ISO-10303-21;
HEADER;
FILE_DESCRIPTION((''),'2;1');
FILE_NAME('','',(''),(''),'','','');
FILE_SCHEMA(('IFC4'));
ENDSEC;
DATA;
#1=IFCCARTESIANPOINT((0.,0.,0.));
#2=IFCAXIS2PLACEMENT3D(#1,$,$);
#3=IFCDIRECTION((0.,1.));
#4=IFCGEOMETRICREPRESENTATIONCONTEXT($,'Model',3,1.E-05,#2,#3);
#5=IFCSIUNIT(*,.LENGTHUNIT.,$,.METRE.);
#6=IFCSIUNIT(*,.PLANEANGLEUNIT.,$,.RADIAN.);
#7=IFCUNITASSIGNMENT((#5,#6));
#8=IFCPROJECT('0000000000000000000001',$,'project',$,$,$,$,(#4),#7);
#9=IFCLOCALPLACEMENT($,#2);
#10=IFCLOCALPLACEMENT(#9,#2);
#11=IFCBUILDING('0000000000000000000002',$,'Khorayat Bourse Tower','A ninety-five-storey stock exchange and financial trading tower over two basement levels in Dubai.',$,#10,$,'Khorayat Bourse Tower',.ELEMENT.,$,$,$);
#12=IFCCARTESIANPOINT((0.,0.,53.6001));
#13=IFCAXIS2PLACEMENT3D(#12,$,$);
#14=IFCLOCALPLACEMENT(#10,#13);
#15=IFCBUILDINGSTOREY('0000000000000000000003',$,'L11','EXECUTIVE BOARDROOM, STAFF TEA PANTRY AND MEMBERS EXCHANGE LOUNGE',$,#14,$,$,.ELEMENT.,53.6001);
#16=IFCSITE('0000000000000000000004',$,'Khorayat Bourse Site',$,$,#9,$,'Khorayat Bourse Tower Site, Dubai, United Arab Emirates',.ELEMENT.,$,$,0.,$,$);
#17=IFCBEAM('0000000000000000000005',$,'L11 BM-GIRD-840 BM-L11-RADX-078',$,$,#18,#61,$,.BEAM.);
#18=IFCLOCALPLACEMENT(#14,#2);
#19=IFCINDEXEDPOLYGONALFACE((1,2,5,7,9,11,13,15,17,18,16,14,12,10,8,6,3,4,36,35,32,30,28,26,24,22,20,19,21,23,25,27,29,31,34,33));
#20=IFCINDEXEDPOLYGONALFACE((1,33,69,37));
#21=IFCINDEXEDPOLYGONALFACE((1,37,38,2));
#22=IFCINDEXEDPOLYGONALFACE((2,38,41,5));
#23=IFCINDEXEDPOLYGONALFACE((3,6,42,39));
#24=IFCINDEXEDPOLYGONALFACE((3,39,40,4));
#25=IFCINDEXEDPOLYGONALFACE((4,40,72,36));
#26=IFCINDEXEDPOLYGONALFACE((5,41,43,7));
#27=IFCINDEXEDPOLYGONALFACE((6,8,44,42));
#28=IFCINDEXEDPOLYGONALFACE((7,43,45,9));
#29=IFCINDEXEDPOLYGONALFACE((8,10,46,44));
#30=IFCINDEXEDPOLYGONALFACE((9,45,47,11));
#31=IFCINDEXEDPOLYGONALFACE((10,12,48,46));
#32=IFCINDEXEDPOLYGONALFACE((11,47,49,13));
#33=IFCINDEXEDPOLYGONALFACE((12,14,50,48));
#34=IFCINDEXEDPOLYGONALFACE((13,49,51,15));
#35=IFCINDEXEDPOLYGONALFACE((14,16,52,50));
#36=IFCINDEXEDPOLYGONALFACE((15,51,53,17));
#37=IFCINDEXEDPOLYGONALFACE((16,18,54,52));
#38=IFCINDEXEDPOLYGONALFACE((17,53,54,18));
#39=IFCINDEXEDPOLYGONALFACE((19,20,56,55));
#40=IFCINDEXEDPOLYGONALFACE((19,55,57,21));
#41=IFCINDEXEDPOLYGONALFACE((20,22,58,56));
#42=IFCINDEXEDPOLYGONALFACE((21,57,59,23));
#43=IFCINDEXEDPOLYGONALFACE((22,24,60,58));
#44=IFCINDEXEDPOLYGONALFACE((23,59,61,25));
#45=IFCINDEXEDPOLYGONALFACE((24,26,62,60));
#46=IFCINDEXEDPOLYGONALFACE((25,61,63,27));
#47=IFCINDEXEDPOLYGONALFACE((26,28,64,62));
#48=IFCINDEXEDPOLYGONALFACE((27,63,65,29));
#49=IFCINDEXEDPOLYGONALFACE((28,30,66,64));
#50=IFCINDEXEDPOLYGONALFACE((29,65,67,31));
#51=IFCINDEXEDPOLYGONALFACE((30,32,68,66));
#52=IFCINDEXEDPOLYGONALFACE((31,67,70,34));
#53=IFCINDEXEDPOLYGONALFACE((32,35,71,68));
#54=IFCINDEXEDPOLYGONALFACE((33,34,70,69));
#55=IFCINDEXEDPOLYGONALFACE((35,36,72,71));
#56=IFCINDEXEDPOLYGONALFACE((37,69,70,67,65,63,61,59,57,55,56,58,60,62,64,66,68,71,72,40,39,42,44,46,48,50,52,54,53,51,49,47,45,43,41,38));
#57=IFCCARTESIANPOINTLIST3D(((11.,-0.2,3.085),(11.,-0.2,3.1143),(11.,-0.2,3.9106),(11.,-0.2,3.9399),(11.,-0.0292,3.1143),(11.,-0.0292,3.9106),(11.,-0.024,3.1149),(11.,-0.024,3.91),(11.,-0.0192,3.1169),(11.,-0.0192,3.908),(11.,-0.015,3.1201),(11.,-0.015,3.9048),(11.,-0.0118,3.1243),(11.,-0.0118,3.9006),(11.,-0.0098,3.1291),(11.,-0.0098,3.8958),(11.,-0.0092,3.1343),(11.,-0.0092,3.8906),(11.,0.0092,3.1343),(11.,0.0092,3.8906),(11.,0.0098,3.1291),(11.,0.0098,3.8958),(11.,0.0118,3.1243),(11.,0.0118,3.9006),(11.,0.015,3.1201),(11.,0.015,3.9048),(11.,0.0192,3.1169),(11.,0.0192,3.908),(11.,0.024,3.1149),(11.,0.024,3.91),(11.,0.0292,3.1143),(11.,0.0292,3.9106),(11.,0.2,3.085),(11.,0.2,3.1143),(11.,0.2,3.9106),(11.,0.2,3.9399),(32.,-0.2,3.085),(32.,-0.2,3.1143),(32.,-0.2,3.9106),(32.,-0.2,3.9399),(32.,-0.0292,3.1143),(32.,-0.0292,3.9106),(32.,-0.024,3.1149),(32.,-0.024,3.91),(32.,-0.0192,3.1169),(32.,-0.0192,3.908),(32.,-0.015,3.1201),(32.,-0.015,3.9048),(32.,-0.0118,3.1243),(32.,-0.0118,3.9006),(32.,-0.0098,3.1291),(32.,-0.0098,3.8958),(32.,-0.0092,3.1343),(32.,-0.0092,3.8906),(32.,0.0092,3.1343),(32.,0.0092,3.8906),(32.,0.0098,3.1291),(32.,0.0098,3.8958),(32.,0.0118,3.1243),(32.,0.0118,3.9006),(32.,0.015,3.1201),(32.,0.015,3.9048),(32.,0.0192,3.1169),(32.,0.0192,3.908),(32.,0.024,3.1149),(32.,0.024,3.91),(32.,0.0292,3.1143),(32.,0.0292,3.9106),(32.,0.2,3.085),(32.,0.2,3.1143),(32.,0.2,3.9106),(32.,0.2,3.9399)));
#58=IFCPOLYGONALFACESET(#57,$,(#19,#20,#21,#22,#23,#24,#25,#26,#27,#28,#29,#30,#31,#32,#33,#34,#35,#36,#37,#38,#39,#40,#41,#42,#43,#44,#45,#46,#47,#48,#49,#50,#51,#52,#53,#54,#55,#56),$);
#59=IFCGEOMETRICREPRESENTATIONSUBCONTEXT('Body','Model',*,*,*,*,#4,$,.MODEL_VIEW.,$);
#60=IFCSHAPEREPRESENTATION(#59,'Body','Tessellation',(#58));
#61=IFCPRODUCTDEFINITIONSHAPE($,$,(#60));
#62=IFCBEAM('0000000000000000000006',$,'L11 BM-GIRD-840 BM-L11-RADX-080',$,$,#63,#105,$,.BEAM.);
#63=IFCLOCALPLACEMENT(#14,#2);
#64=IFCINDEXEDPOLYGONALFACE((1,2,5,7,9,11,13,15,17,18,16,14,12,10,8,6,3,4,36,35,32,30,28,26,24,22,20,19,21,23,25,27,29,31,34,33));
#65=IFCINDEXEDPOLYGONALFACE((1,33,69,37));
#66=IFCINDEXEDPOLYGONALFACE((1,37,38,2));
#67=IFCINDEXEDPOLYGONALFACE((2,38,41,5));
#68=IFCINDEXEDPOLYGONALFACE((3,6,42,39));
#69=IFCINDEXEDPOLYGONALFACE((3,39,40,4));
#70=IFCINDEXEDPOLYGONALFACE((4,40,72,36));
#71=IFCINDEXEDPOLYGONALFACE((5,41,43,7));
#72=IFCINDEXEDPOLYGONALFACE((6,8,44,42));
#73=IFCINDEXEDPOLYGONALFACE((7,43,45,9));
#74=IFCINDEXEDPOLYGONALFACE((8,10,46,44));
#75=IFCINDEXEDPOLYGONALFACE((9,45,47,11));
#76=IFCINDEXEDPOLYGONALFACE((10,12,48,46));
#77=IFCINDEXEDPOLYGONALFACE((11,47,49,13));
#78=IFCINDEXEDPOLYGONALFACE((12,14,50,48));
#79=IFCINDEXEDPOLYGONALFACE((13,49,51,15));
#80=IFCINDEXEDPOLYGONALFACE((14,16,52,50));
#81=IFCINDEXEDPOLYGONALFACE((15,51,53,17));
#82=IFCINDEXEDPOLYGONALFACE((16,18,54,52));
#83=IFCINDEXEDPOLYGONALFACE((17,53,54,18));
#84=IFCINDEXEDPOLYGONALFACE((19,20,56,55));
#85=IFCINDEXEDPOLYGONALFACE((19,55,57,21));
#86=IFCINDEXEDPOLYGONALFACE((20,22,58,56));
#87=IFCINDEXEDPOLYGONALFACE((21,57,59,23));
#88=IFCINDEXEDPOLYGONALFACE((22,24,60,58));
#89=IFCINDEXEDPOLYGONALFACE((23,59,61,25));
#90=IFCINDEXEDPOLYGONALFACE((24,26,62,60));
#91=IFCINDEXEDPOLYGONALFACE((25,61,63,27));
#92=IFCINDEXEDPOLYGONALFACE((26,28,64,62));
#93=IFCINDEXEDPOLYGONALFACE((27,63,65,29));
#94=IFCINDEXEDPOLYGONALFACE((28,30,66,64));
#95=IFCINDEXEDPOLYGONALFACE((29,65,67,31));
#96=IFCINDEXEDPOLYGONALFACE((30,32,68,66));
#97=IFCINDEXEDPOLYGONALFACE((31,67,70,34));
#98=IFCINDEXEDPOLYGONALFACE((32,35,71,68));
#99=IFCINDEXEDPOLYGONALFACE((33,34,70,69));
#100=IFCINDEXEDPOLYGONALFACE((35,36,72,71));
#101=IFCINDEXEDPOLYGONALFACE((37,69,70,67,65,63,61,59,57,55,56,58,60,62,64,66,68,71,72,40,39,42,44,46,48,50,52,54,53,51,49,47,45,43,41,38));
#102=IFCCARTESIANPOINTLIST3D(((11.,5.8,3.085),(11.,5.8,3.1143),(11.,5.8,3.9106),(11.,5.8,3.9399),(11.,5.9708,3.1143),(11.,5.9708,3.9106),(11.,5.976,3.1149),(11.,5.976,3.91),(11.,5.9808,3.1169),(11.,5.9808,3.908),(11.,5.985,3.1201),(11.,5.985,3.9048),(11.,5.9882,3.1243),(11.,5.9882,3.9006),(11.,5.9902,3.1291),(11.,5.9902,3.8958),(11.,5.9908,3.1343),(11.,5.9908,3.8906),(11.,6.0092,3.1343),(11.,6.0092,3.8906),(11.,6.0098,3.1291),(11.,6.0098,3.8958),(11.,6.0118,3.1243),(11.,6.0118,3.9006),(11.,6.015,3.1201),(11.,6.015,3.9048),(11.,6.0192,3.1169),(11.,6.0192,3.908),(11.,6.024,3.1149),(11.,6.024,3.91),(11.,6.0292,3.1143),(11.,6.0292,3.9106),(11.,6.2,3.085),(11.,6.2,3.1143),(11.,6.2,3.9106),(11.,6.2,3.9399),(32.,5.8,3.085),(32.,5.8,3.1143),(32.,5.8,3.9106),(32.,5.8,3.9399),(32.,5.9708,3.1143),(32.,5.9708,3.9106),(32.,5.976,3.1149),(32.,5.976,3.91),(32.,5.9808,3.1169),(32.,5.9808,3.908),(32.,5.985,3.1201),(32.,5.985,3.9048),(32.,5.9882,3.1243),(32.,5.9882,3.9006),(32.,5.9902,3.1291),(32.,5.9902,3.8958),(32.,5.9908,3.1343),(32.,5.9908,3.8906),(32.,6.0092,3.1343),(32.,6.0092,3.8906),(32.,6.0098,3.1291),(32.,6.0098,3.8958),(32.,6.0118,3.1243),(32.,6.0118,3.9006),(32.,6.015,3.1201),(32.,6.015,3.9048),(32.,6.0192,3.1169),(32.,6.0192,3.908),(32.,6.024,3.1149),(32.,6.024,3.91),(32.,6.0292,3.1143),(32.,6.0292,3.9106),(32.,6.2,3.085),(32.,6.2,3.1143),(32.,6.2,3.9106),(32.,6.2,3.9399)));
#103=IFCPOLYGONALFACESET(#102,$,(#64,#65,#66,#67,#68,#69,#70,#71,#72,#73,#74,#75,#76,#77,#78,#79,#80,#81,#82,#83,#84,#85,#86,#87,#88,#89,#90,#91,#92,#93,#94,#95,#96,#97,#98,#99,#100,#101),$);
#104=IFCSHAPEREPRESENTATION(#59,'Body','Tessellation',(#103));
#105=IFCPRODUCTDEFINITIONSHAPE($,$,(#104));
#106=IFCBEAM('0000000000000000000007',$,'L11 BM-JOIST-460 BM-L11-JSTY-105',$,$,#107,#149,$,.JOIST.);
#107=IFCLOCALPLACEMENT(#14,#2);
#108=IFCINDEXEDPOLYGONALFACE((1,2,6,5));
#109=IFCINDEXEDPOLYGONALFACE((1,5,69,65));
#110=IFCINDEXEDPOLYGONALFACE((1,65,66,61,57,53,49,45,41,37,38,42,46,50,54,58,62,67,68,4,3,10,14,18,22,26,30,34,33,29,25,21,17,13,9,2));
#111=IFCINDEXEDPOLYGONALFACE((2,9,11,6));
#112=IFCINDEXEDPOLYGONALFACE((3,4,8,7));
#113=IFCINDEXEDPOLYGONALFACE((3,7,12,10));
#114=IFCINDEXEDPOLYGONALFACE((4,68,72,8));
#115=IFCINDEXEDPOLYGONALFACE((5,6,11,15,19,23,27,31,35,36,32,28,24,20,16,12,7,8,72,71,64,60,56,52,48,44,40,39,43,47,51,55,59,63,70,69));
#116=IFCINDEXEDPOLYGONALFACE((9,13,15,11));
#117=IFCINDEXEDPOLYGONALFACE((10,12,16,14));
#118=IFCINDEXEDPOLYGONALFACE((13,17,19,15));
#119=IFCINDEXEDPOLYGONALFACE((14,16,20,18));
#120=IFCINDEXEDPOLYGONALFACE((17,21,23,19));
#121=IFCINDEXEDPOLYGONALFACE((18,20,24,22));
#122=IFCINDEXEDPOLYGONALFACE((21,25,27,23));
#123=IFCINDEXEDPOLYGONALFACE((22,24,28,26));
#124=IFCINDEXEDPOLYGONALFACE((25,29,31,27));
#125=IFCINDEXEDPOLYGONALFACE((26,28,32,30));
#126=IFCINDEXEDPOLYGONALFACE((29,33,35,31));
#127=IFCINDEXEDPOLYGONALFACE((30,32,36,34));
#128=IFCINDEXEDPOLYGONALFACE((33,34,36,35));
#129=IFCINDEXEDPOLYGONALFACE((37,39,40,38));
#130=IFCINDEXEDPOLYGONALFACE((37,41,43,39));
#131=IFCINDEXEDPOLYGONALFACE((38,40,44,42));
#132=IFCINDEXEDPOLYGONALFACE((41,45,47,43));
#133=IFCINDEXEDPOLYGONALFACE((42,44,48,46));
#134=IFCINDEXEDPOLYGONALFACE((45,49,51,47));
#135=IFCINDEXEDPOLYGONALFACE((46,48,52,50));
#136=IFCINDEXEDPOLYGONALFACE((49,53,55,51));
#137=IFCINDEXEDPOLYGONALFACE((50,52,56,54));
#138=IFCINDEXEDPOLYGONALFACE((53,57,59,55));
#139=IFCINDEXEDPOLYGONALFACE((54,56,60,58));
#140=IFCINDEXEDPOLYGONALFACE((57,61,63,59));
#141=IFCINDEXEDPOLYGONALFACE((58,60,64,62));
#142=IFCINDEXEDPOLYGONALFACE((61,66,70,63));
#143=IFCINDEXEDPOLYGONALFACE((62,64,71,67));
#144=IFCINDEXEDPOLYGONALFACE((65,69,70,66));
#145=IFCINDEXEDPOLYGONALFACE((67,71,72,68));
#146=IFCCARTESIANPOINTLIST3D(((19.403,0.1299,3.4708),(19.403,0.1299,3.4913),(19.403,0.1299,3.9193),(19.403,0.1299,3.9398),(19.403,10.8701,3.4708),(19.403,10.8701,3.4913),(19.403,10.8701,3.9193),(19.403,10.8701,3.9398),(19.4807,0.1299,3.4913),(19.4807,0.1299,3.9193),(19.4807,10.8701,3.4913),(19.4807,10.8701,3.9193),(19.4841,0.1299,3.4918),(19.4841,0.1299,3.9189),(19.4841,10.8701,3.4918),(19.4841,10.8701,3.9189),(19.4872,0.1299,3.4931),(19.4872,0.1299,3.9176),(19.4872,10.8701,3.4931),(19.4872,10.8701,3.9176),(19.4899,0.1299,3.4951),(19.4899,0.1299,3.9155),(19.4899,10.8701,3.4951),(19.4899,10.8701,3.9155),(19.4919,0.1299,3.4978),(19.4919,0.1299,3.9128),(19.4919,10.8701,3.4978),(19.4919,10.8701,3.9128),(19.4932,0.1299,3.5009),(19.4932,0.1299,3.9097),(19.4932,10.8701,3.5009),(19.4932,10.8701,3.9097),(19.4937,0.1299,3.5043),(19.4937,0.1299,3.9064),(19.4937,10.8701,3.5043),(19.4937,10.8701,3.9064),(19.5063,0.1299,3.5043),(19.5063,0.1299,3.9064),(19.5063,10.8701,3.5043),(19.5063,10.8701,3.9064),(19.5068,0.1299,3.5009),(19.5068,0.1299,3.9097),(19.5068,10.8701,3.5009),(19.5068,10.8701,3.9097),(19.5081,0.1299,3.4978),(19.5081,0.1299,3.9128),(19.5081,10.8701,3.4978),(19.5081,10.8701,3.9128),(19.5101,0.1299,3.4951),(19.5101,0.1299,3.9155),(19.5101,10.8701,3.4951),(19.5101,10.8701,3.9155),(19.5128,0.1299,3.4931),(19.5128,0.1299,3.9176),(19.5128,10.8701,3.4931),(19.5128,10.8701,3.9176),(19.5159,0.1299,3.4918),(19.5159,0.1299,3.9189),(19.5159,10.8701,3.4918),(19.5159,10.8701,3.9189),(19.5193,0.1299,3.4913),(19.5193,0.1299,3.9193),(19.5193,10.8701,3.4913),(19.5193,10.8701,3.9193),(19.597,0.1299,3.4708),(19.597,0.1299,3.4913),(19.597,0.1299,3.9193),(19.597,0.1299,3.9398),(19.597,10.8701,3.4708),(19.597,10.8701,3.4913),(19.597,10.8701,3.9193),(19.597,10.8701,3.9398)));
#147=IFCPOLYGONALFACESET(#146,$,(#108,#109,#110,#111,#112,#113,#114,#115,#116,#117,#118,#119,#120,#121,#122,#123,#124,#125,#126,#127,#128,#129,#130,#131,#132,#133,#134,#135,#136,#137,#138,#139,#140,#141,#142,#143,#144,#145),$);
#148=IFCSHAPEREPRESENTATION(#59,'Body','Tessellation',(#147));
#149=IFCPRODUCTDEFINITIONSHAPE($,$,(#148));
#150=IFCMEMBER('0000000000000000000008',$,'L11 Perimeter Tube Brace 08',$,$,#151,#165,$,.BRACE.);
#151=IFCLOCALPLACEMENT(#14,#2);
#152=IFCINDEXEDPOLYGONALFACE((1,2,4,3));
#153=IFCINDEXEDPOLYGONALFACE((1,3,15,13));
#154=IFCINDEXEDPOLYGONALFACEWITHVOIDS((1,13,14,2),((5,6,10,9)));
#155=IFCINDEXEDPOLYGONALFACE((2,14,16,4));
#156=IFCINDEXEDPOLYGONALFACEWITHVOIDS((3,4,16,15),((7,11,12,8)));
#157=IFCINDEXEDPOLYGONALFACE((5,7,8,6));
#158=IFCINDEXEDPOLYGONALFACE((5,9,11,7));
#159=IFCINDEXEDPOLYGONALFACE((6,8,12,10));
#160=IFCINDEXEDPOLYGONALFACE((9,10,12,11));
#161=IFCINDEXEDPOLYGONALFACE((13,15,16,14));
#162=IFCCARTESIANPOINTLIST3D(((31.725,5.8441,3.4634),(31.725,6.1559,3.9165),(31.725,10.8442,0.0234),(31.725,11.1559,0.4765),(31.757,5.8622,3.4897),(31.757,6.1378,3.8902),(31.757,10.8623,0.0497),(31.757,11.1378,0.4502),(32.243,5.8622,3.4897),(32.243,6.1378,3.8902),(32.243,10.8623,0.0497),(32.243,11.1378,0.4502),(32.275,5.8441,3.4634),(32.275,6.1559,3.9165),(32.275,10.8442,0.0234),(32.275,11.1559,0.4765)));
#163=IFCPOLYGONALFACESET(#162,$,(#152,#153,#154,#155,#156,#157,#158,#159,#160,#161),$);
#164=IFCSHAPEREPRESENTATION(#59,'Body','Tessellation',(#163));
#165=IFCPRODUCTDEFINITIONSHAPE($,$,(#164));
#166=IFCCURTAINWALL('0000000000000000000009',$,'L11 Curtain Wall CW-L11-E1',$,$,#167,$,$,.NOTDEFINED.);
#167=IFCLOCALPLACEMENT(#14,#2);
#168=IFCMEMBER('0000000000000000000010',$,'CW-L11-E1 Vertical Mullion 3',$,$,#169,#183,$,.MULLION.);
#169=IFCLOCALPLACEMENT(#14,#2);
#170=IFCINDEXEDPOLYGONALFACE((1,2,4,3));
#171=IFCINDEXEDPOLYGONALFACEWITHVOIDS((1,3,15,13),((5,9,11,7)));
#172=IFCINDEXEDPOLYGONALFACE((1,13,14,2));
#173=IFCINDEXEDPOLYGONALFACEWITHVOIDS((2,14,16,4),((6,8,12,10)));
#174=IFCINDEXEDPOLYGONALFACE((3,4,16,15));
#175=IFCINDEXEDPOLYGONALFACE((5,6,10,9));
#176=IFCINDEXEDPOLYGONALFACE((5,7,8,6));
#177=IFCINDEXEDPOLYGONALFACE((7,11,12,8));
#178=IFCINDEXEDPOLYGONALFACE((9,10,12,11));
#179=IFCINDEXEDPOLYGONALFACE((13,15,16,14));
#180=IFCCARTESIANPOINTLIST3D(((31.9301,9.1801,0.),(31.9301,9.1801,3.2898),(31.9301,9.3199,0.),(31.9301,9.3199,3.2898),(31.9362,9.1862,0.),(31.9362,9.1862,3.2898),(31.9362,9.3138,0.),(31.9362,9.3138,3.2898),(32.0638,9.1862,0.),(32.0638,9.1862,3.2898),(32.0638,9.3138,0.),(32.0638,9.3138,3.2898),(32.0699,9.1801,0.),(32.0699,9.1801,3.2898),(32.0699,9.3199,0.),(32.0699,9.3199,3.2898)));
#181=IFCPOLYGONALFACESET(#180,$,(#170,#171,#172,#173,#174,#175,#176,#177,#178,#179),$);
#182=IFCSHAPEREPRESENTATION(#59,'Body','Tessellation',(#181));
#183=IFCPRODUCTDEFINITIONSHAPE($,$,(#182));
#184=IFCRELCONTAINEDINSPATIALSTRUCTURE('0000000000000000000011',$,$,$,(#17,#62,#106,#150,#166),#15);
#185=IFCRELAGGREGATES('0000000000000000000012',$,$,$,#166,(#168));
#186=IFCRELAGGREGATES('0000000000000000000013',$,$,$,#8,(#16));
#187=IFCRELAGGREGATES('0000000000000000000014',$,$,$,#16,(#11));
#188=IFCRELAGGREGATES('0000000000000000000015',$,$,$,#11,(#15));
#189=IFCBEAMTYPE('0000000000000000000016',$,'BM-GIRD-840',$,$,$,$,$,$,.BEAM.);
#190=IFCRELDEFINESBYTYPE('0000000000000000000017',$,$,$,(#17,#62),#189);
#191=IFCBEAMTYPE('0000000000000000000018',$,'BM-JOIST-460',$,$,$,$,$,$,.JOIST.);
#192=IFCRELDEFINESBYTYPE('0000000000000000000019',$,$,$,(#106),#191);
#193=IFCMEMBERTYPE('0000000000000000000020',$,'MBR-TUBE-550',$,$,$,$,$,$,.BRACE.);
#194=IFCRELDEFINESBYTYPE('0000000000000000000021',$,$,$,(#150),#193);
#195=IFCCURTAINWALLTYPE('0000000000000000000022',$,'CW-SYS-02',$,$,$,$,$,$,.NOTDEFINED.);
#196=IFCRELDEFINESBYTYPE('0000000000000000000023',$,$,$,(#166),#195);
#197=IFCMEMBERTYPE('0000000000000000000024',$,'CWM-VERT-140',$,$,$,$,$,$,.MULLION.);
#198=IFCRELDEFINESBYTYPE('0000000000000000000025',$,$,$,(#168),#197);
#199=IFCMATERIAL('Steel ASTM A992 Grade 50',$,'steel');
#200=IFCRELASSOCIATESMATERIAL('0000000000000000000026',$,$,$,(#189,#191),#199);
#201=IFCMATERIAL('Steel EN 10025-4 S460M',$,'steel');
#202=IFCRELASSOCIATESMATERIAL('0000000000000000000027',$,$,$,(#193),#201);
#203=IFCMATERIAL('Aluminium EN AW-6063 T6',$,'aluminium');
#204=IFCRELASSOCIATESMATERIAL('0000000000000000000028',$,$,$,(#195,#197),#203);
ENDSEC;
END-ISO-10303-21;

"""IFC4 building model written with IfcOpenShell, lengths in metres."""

from ifc_helpers import new_model, si_unit, direction, frame, origin, origin_2d, place, context, subcontext, project, spatial, hollow_rectangle, i_section, extrude, source, transform, mapped, material, material_profile, profile_set, type_object, element, aggregate, save


model = new_model("IFC4")

# Units and contexts
model_context = context("Model", 3, precision=1e-05, world=origin(), true_north=direction((0.0, 1.0)))
body_context = subcontext(model_context, "Body", "Model", "MODEL_VIEW")
ifc_project = project(units=[si_unit("LENGTHUNIT", "METRE"), si_unit("PLANEANGLEUNIT", "RADIAN")], contexts=[model_context])

# Site, building, storey
site_placement = place(None, origin())
site = spatial("IfcSite", under=ifc_project, at=site_placement, Name="Khorayat Bourse Site", LongName="Khorayat Bourse Tower Site, Dubai, United Arab Emirates", CompositionType="ELEMENT", RefElevation=0.0)
building_placement = place(site_placement, origin())
building = spatial("IfcBuilding", under=site, at=building_placement, Name="Khorayat Bourse Tower", Description="A ninety-five-storey stock exchange and financial trading tower over two basement levels in Dubai.", LongName="Khorayat Bourse Tower", CompositionType="ELEMENT")
storey_placement = place(building_placement, frame((0.0, 0.0, 53.6001)))
storey = spatial("IfcBuildingStorey", under=building, at=storey_placement, Name="L11", Description="EXECUTIVE BOARDROOM, STAFF TEA PANTRY AND MEMBERS EXCHANGE LOUNGE", CompositionType="ELEMENT", Elevation=53.6001)

# Shared definitions
ifc_material_1 = material(Name="Steel EN 10025-4 S460M", Category="steel")

# Beams
ifc_material_2 = material(Name="Steel ASTM A992 Grade 50", Category="steel")
ifc_material_profile_1 = material_profile(ifc_material_2, i_section(OverallWidth=0.3999, OverallDepth=0.855, WebThickness=0.0183, FlangeThickness=0.0293, FilletRadius=0.02, at=origin_2d()), Name="W840X299")
ifc_profile_set_1 = profile_set([ifc_material_profile_1], Name="Steel ASTM A992 Grade 50")
beam_type_1 = type_object("IfcBeamType", Name="BM-GIRD-840", PredefinedType="BEAM", material=ifc_profile_set_1)
shared_shape_1 = source(origin(), body_context, "Body", "SweptSolid", [
    extrude(i_section(OverallWidth=0.3999, OverallDepth=0.855, WebThickness=0.0183, FlangeThickness=0.0293, FilletRadius=0.02, at=origin_2d()), origin(), (0.0, 0.0, 1.0), 21.0),
])
for number, where, z_axis, x_axis, name in (
    (1, (11.0, 0.0, 3.5125), (1.0, 0.0, 0.0), (0.0, 1.0, 0.0), "L11 BM-GIRD-840 BM-L11-RADX-078"),
    (2, (11.0, 6.0, 3.5125), (1.0, 0.0, 0.0), (0.0, 1.0, 0.0), "L11 BM-GIRD-840 BM-L11-RADX-080"),
):
    element("IfcBeam", number, at=place(storey_placement, frame(where, z_axis=z_axis, x_axis=x_axis)), inside=storey, type_object=beam_type_1, Name=name, PredefinedType="BEAM", context=body_context, shape_type="MappedRepresentation", body=[
        mapped(shared_shape_1, transform((0.0, 0.0, 0.0), scale=1.0)),
    ])
ifc_material_profile_2 = material_profile(ifc_material_2, i_section(OverallWidth=0.1941, OverallDepth=0.469, WebThickness=0.0127, FlangeThickness=0.0205, FilletRadius=0.0129, at=origin_2d()), Name="W460X106")
ifc_profile_set_2 = profile_set([ifc_material_profile_2], Name="Steel ASTM A992 Grade 50")
beam_type_2 = type_object("IfcBeamType", Name="BM-JOIST-460", PredefinedType="JOIST", material=ifc_profile_set_2)
shared_shape_2 = source(origin(), body_context, "Body", "SweptSolid", [
    extrude(i_section(OverallWidth=0.1941, OverallDepth=0.469, WebThickness=0.0127, FlangeThickness=0.0205, FilletRadius=0.0129, at=origin_2d()), origin(), (0.0, 0.0, 1.0), 10.7402),
])
beam_1_placement = place(storey_placement, frame((19.5, 0.1299, 3.7053), z_axis=(0.0, 1.0, 0.0), x_axis=(-1.0, 0.0, 0.0)))
element("IfcBeam", 3, at=beam_1_placement, inside=storey, type_object=beam_type_2, Name="L11 BM-JOIST-460 BM-L11-JSTY-105", PredefinedType="JOIST", context=body_context, shape_type="MappedRepresentation", body=[
    mapped(shared_shape_2, transform((0.0, 0.0, 0.0), scale=1.0)),
])

# Member
ifc_material_profile_3 = material_profile(ifc_material_1, hollow_rectangle(XDim=0.55, YDim=0.55, WallThickness=0.032, at=origin_2d()), Name="HSS 550x550x32")
ifc_profile_set_3 = profile_set([ifc_material_profile_3], Name="Steel EN 10025-4 S460M")
member_type_1 = type_object("IfcMemberType", Name="MBR-TUBE-550", PredefinedType="BRACE", material=ifc_profile_set_3)
shared_shape_3 = source(origin(), body_context, "Body", "SweptSolid", [
    extrude(hollow_rectangle(XDim=0.55, YDim=0.55, WallThickness=0.032, at=origin_2d()), origin(), (0.0, 0.0, 1.0), 6.0691),
])
member_1_placement = place(storey_placement, frame((32.0, 6.0, 3.6899), z_axis=(0.0, 0.823854, -0.566802), x_axis=(-1.0, 0.0, 0.0)))
element("IfcMember", 4, at=member_1_placement, inside=storey, type_object=member_type_1, Name="L11 Perimeter Tube Brace 08", PredefinedType="BRACE", context=body_context, shape_type="MappedRepresentation", body=[
    mapped(shared_shape_3, transform((0.0, 0.0, 0.0), scale=1.0)),
])

# Curtain wall, member
ifc_material_3 = material(Name="Aluminium EN AW-6063 T6", Category="aluminium")
curtain_wall_type = type_object("IfcCurtainWallType", Name="CW-SYS-02", PredefinedType="NOTDEFINED", material=ifc_material_3)
curtain_wall_placement = place(storey_placement, origin())
curtain_wall = element("IfcCurtainWall", 5, at=curtain_wall_placement, inside=storey, type_object=curtain_wall_type, Name="L11 Curtain Wall CW-L11-E1", PredefinedType="NOTDEFINED")
ifc_material_profile_4 = material_profile(ifc_material_3, hollow_rectangle(XDim=0.1399, YDim=0.1399, WallThickness=0.0061, at=origin_2d()), Name="ALU 140x140x6")
ifc_profile_set_4 = profile_set([ifc_material_profile_4], Name="Aluminium EN AW-6063 T6")
member_type_2 = type_object("IfcMemberType", Name="CWM-VERT-140", PredefinedType="MULLION", material=ifc_profile_set_4)
shared_shape_4 = source(origin(), body_context, "Body", "SweptSolid", [
    extrude(hollow_rectangle(XDim=0.1399, YDim=0.1399, WallThickness=0.0061, at=origin_2d()), origin(), (0.0, 0.0, 1.0), 3.2898),
])
member_2_placement = place(storey_placement, frame((32.0, 9.25, 0.0), z_axis=(0.0, 0.0, 1.0), x_axis=(-1.0, 0.0, 0.0)))
member_2 = element("IfcMember", 6, at=member_2_placement, type_object=member_type_2, Name="CW-L11-E1 Vertical Mullion 3", PredefinedType="MULLION", context=body_context, shape_type="MappedRepresentation", body=[
    mapped(shared_shape_4, transform((0.0, 0.0, 0.0), scale=1.0)),
])

aggregate(curtain_wall, [member_2])

save(model, "model.ifc")
